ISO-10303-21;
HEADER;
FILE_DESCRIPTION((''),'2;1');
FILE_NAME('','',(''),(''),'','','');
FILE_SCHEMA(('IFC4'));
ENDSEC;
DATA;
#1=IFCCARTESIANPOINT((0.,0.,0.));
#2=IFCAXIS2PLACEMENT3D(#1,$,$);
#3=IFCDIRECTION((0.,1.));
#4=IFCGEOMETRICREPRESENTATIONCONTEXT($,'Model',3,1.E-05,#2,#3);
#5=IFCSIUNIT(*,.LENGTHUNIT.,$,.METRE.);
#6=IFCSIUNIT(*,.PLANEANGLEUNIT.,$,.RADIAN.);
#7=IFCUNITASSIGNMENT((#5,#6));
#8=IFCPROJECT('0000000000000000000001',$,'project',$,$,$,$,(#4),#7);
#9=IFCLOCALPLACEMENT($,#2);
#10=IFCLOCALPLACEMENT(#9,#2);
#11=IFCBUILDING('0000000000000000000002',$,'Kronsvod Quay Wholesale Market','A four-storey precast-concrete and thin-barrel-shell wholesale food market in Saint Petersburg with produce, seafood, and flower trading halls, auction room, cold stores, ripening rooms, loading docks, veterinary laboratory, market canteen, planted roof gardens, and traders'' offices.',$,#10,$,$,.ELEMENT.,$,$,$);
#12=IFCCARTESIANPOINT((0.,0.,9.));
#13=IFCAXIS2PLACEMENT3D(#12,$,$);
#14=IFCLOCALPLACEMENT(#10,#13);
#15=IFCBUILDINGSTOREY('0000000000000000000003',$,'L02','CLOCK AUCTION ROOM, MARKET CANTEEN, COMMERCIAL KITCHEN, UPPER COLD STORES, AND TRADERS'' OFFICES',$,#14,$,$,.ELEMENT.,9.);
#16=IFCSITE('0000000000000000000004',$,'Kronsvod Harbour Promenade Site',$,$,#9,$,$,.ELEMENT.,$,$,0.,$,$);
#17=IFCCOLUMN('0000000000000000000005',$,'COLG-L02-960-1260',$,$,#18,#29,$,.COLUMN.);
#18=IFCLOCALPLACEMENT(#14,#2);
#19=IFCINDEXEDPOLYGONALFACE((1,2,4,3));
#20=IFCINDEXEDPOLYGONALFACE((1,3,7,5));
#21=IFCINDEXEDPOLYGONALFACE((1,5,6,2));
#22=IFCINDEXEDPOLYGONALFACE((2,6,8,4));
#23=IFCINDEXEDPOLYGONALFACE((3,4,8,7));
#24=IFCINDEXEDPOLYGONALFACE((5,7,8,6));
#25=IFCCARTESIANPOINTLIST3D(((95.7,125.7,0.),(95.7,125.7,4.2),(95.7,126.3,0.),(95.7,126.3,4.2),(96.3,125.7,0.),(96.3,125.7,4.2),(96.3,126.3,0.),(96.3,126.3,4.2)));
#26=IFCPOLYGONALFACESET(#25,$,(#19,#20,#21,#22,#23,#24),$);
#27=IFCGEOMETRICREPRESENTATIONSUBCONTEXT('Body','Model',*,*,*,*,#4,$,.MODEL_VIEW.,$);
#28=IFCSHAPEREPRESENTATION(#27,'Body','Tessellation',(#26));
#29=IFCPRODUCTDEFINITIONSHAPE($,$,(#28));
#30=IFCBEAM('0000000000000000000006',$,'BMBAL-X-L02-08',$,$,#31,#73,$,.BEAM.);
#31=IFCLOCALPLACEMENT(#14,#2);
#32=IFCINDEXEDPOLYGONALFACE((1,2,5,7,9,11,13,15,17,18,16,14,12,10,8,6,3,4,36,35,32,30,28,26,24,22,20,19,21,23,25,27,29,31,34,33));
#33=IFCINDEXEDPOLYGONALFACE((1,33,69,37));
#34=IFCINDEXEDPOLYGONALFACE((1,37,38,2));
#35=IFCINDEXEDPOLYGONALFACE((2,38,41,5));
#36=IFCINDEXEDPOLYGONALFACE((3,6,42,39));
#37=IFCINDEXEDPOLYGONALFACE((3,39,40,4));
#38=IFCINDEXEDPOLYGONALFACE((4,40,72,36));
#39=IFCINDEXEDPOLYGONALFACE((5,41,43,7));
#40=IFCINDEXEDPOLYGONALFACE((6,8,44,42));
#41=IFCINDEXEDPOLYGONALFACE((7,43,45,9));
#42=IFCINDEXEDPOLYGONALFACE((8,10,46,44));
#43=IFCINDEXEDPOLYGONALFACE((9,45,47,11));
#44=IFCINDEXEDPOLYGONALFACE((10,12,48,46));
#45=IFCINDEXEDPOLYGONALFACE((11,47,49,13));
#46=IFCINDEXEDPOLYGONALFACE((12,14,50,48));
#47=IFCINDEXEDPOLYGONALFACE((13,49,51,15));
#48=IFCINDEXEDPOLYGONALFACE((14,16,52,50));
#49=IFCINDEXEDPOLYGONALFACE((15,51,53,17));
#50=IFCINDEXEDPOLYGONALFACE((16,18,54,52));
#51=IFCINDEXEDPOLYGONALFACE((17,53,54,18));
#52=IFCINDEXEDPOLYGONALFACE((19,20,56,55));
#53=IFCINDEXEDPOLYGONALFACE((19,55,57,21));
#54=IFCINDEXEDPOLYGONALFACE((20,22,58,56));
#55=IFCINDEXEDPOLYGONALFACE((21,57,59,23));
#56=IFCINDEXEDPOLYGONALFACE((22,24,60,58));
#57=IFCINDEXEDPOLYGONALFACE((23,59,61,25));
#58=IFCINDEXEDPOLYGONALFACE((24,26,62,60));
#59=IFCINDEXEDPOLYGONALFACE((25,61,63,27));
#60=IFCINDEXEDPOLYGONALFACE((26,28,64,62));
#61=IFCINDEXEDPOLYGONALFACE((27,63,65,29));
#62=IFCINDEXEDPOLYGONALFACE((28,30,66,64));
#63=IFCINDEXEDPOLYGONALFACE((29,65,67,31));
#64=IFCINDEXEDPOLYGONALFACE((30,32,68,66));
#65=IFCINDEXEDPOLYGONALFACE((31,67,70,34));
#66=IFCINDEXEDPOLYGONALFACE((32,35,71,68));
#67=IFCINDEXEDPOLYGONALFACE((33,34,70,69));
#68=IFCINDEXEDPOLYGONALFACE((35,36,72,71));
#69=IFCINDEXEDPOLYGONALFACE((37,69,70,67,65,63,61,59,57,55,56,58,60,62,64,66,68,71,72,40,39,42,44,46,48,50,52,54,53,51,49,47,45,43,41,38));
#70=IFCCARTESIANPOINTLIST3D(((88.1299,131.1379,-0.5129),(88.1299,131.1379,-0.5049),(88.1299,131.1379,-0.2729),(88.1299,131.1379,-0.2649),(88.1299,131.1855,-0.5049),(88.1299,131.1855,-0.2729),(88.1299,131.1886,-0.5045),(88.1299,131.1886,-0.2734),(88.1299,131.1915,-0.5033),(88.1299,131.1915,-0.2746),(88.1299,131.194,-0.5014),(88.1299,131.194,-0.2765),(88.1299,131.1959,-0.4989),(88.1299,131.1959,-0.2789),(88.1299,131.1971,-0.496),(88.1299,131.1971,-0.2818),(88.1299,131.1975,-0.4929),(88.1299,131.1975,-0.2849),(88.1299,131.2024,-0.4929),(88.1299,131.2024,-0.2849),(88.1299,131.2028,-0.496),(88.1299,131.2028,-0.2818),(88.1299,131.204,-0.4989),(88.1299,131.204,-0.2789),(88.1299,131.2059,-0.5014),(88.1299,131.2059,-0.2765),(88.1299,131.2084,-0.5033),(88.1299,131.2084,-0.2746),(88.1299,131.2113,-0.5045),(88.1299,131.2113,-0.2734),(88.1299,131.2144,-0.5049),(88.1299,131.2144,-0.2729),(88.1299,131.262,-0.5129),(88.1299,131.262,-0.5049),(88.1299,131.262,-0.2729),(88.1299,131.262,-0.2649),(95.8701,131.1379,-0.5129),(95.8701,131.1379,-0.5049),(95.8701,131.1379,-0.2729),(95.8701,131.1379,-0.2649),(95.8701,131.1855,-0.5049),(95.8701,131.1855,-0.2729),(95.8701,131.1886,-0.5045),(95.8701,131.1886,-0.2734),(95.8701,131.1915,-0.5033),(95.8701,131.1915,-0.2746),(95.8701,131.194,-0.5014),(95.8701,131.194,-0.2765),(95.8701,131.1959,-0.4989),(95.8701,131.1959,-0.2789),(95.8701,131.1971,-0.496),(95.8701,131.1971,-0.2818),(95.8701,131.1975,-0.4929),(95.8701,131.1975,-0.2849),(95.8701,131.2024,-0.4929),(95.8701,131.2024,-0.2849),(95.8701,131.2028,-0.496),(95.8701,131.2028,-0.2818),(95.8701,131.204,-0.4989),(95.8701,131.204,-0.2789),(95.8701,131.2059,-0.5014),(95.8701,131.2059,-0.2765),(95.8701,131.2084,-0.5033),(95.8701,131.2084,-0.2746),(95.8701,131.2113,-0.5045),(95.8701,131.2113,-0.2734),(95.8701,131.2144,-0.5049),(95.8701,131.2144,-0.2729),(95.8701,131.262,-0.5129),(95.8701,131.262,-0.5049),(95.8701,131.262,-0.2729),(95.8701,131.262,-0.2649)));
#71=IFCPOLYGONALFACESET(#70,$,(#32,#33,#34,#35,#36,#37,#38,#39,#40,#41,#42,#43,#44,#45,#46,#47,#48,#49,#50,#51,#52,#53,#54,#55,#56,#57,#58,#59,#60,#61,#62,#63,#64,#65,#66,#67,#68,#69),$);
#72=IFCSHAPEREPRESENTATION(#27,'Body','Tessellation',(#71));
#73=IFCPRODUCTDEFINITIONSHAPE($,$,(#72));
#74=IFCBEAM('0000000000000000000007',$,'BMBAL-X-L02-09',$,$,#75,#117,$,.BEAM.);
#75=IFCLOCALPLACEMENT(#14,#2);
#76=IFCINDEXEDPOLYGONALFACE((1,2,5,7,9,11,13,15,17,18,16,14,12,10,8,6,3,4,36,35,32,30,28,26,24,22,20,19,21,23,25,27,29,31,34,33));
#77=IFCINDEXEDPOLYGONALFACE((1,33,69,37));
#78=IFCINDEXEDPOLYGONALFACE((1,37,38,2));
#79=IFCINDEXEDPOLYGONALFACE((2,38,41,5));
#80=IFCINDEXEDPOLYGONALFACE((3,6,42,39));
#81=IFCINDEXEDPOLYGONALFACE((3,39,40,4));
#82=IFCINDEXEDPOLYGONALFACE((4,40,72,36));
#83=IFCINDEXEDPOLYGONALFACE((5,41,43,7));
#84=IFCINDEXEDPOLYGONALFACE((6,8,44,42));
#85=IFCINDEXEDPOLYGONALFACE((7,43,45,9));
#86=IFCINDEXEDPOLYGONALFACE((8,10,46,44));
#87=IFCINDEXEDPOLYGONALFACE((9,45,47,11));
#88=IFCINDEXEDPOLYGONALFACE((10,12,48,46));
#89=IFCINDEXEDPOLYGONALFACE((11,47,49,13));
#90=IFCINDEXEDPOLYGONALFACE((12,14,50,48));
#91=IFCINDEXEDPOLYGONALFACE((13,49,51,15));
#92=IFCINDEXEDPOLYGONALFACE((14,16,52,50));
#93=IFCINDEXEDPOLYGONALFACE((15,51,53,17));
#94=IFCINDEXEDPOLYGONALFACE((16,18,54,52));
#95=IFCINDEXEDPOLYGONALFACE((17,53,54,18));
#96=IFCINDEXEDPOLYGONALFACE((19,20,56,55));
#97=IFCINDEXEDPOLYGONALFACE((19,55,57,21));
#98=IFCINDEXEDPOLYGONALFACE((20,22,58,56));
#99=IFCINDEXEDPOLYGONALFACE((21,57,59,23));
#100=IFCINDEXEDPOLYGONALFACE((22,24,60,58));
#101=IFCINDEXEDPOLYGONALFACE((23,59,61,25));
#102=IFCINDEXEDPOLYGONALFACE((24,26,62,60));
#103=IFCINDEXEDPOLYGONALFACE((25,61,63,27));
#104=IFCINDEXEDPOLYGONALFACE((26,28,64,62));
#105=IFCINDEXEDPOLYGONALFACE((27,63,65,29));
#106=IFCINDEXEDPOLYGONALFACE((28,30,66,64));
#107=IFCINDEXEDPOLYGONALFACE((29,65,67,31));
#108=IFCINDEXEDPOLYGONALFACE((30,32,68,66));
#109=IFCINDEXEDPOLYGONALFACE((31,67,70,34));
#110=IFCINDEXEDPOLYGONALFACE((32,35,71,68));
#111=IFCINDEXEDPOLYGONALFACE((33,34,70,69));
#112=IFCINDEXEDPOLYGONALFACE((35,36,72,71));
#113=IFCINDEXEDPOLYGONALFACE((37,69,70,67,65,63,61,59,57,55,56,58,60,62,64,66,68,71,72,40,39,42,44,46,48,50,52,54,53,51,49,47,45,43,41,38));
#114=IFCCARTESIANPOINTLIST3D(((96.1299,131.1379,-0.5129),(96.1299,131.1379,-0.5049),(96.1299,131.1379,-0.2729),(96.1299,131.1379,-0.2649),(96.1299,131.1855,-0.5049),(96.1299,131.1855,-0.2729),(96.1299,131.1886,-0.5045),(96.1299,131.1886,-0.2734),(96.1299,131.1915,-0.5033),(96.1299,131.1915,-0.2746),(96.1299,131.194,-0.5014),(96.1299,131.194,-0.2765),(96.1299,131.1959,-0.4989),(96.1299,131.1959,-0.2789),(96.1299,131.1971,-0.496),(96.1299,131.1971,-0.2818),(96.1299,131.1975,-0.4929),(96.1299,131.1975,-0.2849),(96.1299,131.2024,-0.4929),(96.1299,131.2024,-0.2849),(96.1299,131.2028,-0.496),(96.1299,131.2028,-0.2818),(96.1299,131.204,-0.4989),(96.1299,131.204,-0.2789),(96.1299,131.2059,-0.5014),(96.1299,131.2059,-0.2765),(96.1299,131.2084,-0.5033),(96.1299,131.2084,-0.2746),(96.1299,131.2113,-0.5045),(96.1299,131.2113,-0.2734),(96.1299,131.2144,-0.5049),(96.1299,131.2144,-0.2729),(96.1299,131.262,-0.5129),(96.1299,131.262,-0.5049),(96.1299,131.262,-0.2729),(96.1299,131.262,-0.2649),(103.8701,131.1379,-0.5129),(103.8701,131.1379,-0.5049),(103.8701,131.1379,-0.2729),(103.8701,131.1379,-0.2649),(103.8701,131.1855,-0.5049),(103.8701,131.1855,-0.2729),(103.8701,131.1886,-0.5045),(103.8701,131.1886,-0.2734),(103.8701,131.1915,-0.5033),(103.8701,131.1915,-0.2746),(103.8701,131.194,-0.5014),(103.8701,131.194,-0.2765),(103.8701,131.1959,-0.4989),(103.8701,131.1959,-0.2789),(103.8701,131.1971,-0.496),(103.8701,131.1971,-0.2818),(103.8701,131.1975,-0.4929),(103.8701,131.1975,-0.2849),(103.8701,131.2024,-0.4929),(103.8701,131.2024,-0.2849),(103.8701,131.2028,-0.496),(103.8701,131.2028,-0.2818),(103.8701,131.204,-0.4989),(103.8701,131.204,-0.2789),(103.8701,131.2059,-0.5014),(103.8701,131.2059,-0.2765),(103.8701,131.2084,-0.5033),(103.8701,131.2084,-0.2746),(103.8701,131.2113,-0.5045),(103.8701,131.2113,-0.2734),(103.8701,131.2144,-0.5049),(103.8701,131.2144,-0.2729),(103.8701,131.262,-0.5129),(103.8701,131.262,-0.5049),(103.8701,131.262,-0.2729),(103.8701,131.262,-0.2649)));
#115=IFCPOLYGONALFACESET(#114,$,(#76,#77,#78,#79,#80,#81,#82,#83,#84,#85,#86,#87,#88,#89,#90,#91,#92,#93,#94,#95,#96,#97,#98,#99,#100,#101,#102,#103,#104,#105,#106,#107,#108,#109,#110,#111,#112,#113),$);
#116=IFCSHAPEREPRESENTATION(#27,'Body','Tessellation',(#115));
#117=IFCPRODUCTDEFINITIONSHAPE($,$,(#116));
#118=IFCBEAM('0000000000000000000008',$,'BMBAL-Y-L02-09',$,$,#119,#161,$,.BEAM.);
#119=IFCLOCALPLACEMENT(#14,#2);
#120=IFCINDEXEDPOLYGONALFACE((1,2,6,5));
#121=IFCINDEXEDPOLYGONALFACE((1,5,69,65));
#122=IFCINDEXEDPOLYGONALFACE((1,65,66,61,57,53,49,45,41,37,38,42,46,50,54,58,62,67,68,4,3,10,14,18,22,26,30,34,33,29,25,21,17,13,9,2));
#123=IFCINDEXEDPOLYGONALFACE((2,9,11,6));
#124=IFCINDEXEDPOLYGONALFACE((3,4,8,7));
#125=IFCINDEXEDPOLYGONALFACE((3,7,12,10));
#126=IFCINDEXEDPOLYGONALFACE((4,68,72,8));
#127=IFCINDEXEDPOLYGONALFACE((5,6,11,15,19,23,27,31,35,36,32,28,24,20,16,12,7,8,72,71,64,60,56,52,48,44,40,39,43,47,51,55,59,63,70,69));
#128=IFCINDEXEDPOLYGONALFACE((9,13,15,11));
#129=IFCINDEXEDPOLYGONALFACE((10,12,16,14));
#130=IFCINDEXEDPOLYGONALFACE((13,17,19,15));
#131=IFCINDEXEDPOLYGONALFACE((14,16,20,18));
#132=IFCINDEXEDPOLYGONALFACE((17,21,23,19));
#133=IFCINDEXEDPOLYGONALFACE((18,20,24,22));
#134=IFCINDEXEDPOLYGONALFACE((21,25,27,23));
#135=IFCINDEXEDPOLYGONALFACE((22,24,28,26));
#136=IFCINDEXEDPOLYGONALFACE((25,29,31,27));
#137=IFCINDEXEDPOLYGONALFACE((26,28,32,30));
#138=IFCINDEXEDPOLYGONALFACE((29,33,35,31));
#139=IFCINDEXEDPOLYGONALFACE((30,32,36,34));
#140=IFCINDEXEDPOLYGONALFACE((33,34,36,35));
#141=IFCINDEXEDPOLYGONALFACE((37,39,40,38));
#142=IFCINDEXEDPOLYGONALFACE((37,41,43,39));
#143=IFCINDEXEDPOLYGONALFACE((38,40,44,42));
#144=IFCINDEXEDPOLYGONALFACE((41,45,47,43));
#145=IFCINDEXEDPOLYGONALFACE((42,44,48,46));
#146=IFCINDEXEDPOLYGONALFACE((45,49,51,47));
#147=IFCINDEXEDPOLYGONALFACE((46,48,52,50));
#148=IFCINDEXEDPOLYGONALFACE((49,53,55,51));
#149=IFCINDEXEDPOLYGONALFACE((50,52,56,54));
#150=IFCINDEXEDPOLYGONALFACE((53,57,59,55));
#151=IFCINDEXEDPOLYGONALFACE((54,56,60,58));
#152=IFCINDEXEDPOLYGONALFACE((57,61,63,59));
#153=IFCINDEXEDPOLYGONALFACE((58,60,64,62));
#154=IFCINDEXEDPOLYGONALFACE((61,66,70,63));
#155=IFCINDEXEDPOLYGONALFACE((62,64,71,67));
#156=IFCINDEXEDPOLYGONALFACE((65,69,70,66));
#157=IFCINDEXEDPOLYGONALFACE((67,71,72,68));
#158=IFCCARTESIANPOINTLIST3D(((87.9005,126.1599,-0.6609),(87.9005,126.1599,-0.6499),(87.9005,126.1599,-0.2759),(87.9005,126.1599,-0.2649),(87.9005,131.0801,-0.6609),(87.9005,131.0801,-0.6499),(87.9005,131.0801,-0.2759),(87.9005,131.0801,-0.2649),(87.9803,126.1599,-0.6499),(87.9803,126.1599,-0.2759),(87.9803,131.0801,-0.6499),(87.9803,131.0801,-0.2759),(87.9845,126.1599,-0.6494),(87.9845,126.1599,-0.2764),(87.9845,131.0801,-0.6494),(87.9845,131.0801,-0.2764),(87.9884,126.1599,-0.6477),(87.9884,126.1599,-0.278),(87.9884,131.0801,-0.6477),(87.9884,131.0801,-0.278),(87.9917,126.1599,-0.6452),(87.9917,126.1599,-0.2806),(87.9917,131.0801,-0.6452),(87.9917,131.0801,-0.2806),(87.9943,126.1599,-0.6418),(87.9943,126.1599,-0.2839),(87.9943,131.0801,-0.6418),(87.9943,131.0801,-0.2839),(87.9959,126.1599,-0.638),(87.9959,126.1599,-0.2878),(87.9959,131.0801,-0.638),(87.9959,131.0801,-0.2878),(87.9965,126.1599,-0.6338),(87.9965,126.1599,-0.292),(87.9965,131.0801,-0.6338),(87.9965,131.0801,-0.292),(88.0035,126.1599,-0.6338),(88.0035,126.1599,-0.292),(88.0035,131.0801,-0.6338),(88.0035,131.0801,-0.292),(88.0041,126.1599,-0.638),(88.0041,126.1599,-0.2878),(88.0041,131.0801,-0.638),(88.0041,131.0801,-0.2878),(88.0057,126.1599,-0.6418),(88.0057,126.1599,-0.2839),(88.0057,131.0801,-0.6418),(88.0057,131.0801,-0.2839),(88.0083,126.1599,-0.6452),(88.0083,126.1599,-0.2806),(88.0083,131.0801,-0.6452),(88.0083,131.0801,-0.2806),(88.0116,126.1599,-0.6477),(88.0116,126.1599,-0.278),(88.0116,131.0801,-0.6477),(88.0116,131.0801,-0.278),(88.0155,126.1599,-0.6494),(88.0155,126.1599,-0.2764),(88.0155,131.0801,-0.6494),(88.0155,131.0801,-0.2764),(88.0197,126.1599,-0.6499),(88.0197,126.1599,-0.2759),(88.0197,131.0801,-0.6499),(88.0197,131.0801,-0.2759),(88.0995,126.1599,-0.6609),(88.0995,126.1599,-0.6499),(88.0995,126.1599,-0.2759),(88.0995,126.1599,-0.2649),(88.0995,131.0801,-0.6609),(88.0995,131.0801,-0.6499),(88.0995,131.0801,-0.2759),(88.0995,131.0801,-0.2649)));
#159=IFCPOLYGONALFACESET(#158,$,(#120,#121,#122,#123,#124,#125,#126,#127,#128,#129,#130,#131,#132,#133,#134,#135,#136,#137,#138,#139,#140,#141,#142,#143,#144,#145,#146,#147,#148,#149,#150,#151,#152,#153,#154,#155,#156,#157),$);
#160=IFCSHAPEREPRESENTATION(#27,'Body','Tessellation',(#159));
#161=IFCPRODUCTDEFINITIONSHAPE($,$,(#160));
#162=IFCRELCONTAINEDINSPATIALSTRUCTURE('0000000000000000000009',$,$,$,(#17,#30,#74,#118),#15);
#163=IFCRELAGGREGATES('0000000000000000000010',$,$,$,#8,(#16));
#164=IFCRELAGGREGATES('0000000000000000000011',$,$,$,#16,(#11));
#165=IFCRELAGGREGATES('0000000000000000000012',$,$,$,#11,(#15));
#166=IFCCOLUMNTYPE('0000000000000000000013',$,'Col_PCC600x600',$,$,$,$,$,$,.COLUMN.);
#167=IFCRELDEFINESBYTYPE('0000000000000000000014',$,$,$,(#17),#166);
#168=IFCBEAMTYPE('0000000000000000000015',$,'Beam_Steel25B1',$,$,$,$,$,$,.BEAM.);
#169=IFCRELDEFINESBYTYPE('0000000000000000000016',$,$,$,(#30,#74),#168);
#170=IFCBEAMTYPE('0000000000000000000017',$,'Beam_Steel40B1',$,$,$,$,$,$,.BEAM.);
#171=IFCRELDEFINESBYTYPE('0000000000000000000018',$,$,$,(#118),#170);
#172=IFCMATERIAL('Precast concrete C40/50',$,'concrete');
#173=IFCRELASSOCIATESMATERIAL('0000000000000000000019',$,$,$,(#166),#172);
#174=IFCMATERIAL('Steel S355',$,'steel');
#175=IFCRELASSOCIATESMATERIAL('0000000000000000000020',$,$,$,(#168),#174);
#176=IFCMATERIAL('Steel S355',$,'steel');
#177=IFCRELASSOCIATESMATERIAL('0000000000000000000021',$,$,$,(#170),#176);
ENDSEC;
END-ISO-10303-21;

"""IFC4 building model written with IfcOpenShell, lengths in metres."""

from ifc_helpers import new_model, si_unit, direction, frame, origin, origin_2d, place, context, subcontext, project, spatial, rectangle, i_section, extrude, material, material_profile, profile_set, type_object, element, save


model = new_model("IFC4")

# Units and contexts
model_context = context("Model", 3, precision=1e-05, world=origin(), true_north=direction((0.0, 1.0)))
body_context = subcontext(model_context, "Body", "Model", "MODEL_VIEW")
ifc_project = project(units=[si_unit("LENGTHUNIT", "METRE"), si_unit("PLANEANGLEUNIT", "RADIAN")], contexts=[model_context])

# Site, building, storey
site_placement = place(None, origin())
site = spatial("IfcSite", under=ifc_project, at=site_placement, Name="Kronsvod Harbour Promenade Site", CompositionType="ELEMENT", RefElevation=0.0)
building_placement = place(site_placement, origin())
building = spatial("IfcBuilding", under=site, at=building_placement, Name="Kronsvod Quay Wholesale Market", Description="A four-storey precast-concrete and thin-barrel-shell wholesale food market in Saint Petersburg with produce, seafood, and flower trading halls, auction room, cold stores, ripening rooms, loading docks, veterinary laboratory, market canteen, planted roof gardens, and traders' offices.", CompositionType="ELEMENT")
storey_placement = place(building_placement, frame((0.0, 0.0, 9.0)))
storey = spatial("IfcBuildingStorey", under=building, at=storey_placement, Name="L02", Description="CLOCK AUCTION ROOM, MARKET CANTEEN, COMMERCIAL KITCHEN, UPPER COLD STORES, AND TRADERS' OFFICES", CompositionType="ELEMENT", Elevation=9.0)

# Column
ifc_material_1 = material(Name="Precast concrete C40/50", Category="concrete")
ifc_material_profile_1 = material_profile(ifc_material_1, rectangle(XDim=0.6001, YDim=0.6001, at=origin_2d()), Name="PCC600x600")
ifc_profile_set_1 = profile_set([ifc_material_profile_1], Name="Precast concrete C40/50")
column_type = type_object("IfcColumnType", Name="Col_PCC600x600", PredefinedType="COLUMN", material=ifc_profile_set_1)
column_placement = place(storey_placement, frame((96.0, 126.0, 0.0), z_axis=(0.0, 0.0, 1.0), x_axis=(1.0, 0.0, 0.0)))
element("IfcColumn", 1, at=column_placement, inside=storey, type_object=column_type, Name="COLG-L02-960-1260", PredefinedType="COLUMN", context=body_context, shape_type="SweptSolid", body=[
    extrude(rectangle(XDim=0.6001, YDim=0.6001, at=origin_2d()), origin(), (0.0, 0.0, 1.0), 4.2),
])

# Beams
ifc_material_2 = material(Name="Steel S355", Category="steel")
ifc_material_profile_2 = material_profile(ifc_material_2, i_section(OverallWidth=0.124, OverallDepth=0.248, WebThickness=0.0049, FlangeThickness=0.0081, FilletRadius=0.012, at=origin_2d()), Name="25B1")
ifc_profile_set_2 = profile_set([ifc_material_profile_2], Name="Steel S355")
beam_type_1 = type_object("IfcBeamType", Name="Beam_Steel25B1", PredefinedType="BEAM", material=ifc_profile_set_2)
for number, where, z_axis, x_axis, name in (
    (2, (88.1299, 131.2, -0.3889), (1.0, 0.0, 0.0), (0.0, 1.0, 0.0), "BMBAL-X-L02-08"),
    (3, (96.1299, 131.2, -0.3889), (1.0, 0.0, 0.0), (0.0, 1.0, 0.0), "BMBAL-X-L02-09"),
):
    element("IfcBeam", number, at=place(storey_placement, frame(where, z_axis=z_axis, x_axis=x_axis)), inside=storey, type_object=beam_type_1, Name=name, PredefinedType="BEAM", context=body_context, shape_type="SweptSolid", body=[
        extrude(i_section(OverallWidth=0.124, OverallDepth=0.248, WebThickness=0.0049, FlangeThickness=0.0081, FilletRadius=0.012, at=origin_2d()), origin(), (0.0, 0.0, 1.0), 7.7402),
    ])
ifc_material_3 = material(Name="Steel S355", Category="steel")
ifc_material_profile_3 = material_profile(ifc_material_3, i_section(OverallWidth=0.199, OverallDepth=0.396, WebThickness=0.0071, FlangeThickness=0.011, FilletRadius=0.0161, at=origin_2d()), Name="40B1")
ifc_profile_set_3 = profile_set([ifc_material_profile_3], Name="Steel S355")
beam_type_2 = type_object("IfcBeamType", Name="Beam_Steel40B1", PredefinedType="BEAM", material=ifc_profile_set_3)
for number, where, z_axis, x_axis, name in (
    (4, (88.0, 126.1599, -0.4629), (0.0, 1.0, 0.0), (-1.0, 0.0, 0.0), "BMBAL-Y-L02-09"),
):
    element("IfcBeam", number, at=place(storey_placement, frame(where, z_axis=z_axis, x_axis=x_axis)), inside=storey, type_object=beam_type_2, Name=name, PredefinedType="BEAM", context=body_context, shape_type="SweptSolid", body=[
        extrude(i_section(OverallWidth=0.199, OverallDepth=0.396, WebThickness=0.0071, FlangeThickness=0.011, FilletRadius=0.0161, at=origin_2d()), origin(), (0.0, 0.0, 1.0), 4.9202),
    ])

save(model, "model.ifc")
